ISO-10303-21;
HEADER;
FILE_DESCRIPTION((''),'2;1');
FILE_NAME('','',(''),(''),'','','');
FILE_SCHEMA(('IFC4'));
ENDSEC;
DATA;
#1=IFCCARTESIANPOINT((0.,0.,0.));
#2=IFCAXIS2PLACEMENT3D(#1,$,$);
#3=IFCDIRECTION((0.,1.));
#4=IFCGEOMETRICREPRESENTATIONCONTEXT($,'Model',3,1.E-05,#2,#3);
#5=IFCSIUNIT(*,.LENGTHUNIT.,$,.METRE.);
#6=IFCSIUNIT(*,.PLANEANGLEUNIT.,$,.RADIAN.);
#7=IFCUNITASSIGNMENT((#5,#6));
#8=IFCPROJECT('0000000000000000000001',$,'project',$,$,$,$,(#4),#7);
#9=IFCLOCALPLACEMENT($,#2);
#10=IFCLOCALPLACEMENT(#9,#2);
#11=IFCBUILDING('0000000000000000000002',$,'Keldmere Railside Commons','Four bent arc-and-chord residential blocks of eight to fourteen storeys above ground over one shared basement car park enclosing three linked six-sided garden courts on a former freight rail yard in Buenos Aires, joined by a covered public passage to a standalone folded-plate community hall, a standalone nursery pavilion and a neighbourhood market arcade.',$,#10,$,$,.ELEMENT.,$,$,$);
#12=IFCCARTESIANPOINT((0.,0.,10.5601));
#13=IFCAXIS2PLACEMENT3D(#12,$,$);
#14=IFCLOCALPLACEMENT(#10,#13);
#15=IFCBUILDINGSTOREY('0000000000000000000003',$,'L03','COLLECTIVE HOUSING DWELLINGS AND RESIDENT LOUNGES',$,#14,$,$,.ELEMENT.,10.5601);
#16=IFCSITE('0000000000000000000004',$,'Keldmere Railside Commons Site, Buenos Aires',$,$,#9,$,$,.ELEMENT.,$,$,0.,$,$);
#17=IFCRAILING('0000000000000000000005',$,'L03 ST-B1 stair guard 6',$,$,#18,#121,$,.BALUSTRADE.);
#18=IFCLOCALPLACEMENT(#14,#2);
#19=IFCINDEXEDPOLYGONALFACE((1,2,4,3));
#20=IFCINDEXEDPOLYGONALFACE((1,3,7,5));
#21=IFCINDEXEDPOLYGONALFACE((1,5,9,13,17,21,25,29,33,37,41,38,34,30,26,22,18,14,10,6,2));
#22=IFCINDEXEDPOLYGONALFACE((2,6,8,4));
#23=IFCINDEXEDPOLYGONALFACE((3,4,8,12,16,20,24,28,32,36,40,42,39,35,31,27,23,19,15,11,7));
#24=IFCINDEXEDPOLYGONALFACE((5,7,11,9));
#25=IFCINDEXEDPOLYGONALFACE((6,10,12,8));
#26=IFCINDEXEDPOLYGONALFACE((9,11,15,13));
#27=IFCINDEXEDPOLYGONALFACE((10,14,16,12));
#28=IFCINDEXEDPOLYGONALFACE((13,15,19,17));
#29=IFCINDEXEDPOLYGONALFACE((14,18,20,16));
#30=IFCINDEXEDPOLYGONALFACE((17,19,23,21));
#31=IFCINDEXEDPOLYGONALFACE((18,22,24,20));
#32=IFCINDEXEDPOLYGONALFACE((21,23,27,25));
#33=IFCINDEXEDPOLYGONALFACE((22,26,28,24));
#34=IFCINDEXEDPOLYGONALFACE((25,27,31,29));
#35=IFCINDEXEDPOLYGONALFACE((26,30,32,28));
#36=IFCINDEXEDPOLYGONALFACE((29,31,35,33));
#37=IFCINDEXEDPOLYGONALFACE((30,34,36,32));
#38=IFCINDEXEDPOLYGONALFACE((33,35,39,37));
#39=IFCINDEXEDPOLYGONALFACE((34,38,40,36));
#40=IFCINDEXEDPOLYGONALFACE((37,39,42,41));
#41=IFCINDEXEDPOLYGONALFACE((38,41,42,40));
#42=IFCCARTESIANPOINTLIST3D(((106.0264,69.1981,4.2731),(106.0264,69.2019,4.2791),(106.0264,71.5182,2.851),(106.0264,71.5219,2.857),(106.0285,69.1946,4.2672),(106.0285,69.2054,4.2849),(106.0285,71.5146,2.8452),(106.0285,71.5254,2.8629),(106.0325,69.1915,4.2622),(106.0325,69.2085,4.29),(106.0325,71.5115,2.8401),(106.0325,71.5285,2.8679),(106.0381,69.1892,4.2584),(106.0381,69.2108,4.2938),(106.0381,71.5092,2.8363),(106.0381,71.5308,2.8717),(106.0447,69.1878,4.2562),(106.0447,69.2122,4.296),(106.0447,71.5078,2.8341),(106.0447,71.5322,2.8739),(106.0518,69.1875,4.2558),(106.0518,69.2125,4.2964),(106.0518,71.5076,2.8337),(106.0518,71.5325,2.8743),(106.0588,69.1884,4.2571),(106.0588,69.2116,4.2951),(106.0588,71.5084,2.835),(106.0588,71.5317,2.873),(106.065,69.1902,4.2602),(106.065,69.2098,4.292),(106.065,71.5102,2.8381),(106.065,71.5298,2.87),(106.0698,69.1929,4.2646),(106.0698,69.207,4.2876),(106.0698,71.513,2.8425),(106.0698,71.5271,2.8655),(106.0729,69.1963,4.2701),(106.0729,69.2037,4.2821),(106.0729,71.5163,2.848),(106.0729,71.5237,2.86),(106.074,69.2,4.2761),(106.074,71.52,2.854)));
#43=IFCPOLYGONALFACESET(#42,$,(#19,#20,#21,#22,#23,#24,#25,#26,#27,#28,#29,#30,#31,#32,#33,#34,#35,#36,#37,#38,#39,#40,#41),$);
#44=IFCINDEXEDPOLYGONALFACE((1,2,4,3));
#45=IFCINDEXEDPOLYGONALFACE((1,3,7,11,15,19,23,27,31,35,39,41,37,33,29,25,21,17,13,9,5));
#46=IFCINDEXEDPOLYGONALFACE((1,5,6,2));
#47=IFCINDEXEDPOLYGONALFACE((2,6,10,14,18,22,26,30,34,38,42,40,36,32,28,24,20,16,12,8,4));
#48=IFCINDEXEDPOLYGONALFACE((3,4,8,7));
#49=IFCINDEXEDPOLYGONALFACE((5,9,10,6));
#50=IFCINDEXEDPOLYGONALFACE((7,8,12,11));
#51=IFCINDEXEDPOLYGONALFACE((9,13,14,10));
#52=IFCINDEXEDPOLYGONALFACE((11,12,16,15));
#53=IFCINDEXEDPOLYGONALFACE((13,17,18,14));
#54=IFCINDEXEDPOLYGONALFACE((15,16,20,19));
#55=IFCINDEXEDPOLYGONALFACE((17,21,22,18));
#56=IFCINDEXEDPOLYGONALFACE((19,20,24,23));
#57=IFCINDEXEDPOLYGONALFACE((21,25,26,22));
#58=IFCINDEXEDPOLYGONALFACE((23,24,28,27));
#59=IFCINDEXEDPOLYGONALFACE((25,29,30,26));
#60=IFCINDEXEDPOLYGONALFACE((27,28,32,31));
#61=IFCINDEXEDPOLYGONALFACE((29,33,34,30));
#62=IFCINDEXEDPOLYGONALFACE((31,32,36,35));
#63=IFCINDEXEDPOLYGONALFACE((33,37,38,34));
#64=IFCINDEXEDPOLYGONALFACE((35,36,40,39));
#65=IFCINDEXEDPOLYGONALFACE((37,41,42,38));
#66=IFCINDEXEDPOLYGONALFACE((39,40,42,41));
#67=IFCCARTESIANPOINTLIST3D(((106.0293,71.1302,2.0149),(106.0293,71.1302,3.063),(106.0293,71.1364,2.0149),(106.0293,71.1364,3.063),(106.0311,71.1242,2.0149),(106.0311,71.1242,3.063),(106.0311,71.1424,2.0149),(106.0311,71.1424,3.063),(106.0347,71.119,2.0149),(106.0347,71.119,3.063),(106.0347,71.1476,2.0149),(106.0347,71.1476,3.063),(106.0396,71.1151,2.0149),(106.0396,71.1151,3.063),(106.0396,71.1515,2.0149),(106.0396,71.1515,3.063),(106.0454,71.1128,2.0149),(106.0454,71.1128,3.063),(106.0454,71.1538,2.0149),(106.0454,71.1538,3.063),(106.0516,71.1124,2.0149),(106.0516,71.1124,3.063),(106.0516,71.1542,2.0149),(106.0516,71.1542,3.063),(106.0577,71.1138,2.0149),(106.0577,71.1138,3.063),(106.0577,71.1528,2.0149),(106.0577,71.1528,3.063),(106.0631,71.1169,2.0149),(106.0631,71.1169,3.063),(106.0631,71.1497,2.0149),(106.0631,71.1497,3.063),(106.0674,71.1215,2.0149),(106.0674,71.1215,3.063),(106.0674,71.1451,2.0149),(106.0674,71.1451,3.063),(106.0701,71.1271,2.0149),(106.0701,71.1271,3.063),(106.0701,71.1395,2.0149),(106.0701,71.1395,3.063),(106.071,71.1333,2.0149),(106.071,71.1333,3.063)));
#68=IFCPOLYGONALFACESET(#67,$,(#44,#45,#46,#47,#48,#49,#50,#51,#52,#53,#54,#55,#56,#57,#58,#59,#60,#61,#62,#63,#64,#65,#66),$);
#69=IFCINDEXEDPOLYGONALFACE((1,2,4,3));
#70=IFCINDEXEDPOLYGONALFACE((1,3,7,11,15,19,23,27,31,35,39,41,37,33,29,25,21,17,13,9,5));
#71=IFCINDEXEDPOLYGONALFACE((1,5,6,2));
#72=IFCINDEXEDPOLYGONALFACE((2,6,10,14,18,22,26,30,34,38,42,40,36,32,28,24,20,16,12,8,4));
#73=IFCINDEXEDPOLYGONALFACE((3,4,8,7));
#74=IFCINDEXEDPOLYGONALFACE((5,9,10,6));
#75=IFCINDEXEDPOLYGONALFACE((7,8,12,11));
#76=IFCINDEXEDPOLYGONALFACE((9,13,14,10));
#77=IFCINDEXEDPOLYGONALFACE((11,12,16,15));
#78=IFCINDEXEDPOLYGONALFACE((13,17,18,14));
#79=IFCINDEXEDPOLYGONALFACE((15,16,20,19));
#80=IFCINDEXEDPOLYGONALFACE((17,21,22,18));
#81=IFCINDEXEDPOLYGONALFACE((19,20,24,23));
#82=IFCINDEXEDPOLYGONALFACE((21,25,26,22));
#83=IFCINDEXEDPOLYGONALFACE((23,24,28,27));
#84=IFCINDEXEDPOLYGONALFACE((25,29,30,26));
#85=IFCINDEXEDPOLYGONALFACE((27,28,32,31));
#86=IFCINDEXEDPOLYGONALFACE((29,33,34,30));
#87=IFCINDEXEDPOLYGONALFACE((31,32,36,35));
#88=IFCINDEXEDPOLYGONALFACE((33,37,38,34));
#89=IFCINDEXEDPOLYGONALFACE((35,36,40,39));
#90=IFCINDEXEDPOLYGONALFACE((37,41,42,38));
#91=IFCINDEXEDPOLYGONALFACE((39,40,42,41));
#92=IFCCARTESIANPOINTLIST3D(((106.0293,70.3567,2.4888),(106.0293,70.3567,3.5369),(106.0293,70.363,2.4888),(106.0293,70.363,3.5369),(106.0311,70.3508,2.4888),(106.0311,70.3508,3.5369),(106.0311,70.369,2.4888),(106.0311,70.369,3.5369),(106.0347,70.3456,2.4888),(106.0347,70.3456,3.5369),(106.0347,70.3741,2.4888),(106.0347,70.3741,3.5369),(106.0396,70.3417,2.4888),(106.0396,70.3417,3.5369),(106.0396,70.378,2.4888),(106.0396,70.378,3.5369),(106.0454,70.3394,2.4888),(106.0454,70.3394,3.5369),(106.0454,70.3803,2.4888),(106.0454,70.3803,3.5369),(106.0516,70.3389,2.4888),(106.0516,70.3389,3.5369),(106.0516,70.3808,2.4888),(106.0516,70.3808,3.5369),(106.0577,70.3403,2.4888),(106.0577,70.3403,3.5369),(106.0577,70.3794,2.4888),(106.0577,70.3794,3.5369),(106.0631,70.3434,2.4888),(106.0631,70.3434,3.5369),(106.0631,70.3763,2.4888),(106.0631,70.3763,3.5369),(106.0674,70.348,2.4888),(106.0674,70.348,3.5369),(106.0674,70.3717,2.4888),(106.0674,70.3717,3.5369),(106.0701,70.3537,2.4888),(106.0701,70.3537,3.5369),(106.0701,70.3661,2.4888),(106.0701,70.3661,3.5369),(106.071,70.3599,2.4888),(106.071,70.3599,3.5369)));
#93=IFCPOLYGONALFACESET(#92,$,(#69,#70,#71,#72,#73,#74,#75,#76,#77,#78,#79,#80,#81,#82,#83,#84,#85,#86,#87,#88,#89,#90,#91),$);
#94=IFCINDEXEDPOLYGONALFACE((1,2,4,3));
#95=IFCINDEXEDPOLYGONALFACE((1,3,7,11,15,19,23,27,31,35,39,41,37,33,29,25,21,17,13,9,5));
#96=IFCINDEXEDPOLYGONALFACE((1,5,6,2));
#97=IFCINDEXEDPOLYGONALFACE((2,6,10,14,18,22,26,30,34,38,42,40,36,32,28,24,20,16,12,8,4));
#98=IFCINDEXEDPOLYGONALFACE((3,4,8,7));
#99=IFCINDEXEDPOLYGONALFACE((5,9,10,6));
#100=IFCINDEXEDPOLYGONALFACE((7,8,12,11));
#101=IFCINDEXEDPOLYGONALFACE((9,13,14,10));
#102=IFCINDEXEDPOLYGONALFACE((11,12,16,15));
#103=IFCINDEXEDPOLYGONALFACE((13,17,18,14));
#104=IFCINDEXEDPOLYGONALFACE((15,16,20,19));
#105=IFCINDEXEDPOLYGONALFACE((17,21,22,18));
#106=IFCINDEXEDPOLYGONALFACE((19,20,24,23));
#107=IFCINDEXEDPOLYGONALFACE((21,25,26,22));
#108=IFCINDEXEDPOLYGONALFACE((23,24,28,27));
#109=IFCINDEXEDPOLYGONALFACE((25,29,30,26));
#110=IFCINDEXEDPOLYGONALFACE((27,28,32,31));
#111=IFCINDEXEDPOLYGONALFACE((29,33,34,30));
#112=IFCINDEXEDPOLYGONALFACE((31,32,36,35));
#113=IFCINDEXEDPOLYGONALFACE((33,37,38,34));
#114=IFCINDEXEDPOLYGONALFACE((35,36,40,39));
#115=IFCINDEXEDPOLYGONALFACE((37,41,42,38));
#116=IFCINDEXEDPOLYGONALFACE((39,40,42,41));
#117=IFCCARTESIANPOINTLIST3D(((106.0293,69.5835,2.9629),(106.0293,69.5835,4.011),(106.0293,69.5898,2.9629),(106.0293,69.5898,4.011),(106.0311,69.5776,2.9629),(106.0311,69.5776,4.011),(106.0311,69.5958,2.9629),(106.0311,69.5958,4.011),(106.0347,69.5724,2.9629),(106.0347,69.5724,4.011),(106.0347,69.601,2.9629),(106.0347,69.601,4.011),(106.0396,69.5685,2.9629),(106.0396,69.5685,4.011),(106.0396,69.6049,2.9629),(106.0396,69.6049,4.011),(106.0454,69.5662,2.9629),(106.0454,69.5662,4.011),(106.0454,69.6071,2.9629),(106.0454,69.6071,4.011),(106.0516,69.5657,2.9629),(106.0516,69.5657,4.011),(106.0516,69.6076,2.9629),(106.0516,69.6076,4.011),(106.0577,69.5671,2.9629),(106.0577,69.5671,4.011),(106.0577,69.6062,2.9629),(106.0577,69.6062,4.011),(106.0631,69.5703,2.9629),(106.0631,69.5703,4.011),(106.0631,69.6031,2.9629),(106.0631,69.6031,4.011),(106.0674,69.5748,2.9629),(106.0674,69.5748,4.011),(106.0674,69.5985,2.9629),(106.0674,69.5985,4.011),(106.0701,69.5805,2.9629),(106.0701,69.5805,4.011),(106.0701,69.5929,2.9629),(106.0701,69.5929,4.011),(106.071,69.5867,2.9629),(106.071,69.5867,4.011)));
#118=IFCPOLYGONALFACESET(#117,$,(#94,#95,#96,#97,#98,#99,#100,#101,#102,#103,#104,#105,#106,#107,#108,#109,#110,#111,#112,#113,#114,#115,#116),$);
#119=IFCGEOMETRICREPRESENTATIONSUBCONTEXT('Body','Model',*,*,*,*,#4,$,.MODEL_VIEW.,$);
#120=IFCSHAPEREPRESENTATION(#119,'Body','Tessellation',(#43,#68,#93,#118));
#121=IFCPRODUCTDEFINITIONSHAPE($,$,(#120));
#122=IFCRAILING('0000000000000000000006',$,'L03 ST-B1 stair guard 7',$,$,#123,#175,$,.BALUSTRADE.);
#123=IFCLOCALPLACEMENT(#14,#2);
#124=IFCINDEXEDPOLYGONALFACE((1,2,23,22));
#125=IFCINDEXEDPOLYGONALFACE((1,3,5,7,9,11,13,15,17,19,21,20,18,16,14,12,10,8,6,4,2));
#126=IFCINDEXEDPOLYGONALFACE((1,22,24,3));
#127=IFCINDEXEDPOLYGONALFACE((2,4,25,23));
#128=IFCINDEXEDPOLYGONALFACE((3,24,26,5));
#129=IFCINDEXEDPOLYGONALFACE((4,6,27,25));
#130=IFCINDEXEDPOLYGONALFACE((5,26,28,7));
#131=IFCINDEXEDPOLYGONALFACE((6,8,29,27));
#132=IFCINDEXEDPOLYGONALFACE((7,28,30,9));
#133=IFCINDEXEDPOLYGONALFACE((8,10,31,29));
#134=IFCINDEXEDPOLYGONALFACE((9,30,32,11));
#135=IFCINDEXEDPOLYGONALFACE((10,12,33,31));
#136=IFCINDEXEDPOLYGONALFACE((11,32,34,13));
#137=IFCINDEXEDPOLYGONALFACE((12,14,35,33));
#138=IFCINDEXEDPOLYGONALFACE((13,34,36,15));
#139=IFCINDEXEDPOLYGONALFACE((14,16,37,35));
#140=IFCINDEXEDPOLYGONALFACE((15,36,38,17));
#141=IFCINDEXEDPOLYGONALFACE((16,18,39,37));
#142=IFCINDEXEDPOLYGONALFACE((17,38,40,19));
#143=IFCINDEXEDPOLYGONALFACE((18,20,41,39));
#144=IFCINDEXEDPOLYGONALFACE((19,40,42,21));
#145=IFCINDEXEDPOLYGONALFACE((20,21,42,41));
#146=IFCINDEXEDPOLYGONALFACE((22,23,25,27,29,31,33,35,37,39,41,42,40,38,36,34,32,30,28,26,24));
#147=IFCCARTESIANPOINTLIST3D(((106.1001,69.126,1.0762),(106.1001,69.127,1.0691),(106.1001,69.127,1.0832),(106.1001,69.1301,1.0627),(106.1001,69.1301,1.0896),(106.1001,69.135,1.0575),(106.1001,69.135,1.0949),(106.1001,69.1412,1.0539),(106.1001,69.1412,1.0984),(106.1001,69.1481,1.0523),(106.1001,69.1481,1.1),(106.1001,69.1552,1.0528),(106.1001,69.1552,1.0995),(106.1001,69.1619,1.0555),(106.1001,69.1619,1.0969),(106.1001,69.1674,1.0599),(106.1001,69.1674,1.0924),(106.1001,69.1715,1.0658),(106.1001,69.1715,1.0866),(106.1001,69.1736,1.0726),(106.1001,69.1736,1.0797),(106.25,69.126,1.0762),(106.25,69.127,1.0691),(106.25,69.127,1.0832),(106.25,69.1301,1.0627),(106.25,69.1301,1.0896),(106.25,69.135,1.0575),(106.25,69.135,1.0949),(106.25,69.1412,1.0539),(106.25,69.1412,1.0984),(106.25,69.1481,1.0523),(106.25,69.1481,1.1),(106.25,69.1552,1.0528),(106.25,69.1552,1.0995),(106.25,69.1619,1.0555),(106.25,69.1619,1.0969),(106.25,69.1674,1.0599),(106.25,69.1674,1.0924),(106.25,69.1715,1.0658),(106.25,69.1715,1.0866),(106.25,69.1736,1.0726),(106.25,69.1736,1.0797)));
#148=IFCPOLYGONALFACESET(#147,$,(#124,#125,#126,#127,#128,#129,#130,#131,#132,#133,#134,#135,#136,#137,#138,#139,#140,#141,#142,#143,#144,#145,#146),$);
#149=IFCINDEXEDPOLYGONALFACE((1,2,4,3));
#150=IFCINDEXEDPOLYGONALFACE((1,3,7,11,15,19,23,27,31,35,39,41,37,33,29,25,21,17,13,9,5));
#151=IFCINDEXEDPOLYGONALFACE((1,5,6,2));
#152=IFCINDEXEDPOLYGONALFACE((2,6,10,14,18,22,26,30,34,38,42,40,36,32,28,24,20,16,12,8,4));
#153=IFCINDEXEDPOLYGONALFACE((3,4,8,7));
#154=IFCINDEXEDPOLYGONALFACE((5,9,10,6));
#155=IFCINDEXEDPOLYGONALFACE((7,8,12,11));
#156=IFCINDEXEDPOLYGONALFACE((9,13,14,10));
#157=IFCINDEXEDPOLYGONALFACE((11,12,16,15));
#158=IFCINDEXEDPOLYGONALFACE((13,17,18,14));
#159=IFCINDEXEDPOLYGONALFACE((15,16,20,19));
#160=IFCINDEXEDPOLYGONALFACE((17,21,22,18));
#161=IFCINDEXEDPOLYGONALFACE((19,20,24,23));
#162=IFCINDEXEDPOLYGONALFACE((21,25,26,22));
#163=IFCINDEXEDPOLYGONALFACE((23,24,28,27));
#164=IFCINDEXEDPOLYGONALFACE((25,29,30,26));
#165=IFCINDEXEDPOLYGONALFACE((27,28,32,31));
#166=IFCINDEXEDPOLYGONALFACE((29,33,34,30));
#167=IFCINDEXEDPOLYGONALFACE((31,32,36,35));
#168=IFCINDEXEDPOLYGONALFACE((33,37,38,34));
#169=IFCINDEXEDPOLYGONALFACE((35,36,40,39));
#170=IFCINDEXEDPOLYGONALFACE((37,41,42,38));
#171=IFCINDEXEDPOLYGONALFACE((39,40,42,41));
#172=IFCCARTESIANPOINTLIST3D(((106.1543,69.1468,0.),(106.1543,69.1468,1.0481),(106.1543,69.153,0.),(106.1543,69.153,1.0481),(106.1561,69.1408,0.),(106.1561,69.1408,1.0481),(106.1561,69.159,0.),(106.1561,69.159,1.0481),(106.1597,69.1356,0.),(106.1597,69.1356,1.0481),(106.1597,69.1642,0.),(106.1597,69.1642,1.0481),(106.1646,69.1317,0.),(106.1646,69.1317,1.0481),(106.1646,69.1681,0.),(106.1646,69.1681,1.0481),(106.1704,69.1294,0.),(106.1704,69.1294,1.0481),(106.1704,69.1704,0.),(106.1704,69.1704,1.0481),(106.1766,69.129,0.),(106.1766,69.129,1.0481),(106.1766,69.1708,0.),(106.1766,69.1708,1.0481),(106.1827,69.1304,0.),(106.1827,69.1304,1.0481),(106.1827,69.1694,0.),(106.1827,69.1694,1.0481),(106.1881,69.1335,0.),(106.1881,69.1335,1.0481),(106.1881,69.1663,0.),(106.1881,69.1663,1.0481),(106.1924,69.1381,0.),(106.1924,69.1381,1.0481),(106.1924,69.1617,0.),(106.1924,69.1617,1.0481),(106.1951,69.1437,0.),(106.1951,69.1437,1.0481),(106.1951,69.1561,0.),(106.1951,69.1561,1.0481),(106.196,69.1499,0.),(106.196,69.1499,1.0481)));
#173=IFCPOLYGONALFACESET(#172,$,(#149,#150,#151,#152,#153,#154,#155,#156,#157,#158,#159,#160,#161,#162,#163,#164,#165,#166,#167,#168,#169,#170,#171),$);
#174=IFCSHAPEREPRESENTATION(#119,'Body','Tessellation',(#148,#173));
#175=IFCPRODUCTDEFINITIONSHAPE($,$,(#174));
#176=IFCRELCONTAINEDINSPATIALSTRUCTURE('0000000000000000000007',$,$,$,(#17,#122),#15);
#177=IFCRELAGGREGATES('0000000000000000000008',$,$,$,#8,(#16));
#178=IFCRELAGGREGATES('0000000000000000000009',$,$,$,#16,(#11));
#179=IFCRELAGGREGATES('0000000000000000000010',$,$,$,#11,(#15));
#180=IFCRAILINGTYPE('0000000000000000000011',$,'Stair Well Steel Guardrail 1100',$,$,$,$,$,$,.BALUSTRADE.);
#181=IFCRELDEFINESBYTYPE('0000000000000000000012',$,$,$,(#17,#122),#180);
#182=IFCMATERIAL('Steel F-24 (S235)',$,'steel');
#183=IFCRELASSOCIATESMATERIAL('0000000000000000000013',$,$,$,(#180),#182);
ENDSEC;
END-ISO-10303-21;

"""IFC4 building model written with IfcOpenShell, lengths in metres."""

from ifc_helpers import new_model, si_unit, direction, frame, origin, origin_2d, place, context, subcontext, project, spatial, circle, extrude, material, type_object, element, save


model = new_model("IFC4")

# Units and contexts
model_context = context("Model", 3, precision=1e-05, world=origin(), true_north=direction((0.0, 1.0)))
body_context = subcontext(model_context, "Body", "Model", "MODEL_VIEW")
ifc_project = project(units=[si_unit("LENGTHUNIT", "METRE"), si_unit("PLANEANGLEUNIT", "RADIAN")], contexts=[model_context])

# Site, building, storey
site_placement = place(None, origin())
site = spatial("IfcSite", under=ifc_project, at=site_placement, Name="Keldmere Railside Commons Site, Buenos Aires", CompositionType="ELEMENT", RefElevation=0.0)
building_placement = place(site_placement, origin())
building = spatial("IfcBuilding", under=site, at=building_placement, Name="Keldmere Railside Commons", Description="Four bent arc-and-chord residential blocks of eight to fourteen storeys above ground over one shared basement car park enclosing three linked six-sided garden courts on a former freight rail yard in Buenos Aires, joined by a covered public passage to a standalone folded-plate community hall, a standalone nursery pavilion and a neighbourhood market arcade.", CompositionType="ELEMENT")
storey_placement = place(building_placement, frame((0.0, 0.0, 10.5601)))
storey = spatial("IfcBuildingStorey", under=building, at=storey_placement, Name="L03", Description="COLLECTIVE HOUSING DWELLINGS AND RESIDENT LOUNGES", CompositionType="ELEMENT", Elevation=10.5601)

# Railings
ifc_material_1 = material(Name="Steel F-24 (S235)", Category="steel")
railing_type_1 = type_object("IfcRailingType", Name="Stair Well Steel Guardrail 1100", PredefinedType="BALUSTRADE", material=ifc_material_1)
railing_1_placement = place(storey_placement, frame((106.05, 71.52, 1.7778)))
element("IfcRailing", 1, at=railing_1_placement, inside=storey, type_object=railing_type_1, Name="L03 ST-B1 stair guard 6", PredefinedType="BALUSTRADE", context=body_context, shape_type="SweptSolid", body=[
    extrude(circle(Radius=0.0239, at=origin_2d()), frame((0.0, 0.0, 1.0762), z_axis=(0.0, -0.852578, 0.5226), x_axis=(1.0, 0.0, 0.0)), (0.0, 0.0, 1.0), 2.7212),
    extrude(circle(Radius=0.021, at=origin_2d()), frame((0.0, -0.3867, 0.2371)), (0.0, 0.0, 1.0), 1.0481),
    extrude(circle(Radius=0.021, at=origin_2d()), frame((0.0, -1.1602, 0.7109)), (0.0, 0.0, 1.0), 1.0481),
    extrude(circle(Radius=0.021, at=origin_2d()), frame((0.0, -1.9333, 1.1851)), (0.0, 0.0, 1.0), 1.0481),
])
railing_2_placement = place(storey_placement, frame((106.25, 69.1499, 0.0)))
element("IfcRailing", 2, at=railing_2_placement, inside=storey, type_object=railing_type_1, Name="L03 ST-B1 stair guard 7", PredefinedType="BALUSTRADE", context=body_context, shape_type="SweptSolid", body=[
    extrude(circle(Radius=0.0239, at=origin_2d()), frame((0.0, 0.0, 1.0762), z_axis=(-1.0, 0.0, 0.0), x_axis=(0.0, -1.0, 0.0)), (0.0, 0.0, 1.0), 0.1499),
    extrude(circle(Radius=0.021, at=origin_2d()), frame((-0.075, 0.0, 0.0)), (0.0, 0.0, 1.0), 1.0481),
])

save(model, "model.ifc")
